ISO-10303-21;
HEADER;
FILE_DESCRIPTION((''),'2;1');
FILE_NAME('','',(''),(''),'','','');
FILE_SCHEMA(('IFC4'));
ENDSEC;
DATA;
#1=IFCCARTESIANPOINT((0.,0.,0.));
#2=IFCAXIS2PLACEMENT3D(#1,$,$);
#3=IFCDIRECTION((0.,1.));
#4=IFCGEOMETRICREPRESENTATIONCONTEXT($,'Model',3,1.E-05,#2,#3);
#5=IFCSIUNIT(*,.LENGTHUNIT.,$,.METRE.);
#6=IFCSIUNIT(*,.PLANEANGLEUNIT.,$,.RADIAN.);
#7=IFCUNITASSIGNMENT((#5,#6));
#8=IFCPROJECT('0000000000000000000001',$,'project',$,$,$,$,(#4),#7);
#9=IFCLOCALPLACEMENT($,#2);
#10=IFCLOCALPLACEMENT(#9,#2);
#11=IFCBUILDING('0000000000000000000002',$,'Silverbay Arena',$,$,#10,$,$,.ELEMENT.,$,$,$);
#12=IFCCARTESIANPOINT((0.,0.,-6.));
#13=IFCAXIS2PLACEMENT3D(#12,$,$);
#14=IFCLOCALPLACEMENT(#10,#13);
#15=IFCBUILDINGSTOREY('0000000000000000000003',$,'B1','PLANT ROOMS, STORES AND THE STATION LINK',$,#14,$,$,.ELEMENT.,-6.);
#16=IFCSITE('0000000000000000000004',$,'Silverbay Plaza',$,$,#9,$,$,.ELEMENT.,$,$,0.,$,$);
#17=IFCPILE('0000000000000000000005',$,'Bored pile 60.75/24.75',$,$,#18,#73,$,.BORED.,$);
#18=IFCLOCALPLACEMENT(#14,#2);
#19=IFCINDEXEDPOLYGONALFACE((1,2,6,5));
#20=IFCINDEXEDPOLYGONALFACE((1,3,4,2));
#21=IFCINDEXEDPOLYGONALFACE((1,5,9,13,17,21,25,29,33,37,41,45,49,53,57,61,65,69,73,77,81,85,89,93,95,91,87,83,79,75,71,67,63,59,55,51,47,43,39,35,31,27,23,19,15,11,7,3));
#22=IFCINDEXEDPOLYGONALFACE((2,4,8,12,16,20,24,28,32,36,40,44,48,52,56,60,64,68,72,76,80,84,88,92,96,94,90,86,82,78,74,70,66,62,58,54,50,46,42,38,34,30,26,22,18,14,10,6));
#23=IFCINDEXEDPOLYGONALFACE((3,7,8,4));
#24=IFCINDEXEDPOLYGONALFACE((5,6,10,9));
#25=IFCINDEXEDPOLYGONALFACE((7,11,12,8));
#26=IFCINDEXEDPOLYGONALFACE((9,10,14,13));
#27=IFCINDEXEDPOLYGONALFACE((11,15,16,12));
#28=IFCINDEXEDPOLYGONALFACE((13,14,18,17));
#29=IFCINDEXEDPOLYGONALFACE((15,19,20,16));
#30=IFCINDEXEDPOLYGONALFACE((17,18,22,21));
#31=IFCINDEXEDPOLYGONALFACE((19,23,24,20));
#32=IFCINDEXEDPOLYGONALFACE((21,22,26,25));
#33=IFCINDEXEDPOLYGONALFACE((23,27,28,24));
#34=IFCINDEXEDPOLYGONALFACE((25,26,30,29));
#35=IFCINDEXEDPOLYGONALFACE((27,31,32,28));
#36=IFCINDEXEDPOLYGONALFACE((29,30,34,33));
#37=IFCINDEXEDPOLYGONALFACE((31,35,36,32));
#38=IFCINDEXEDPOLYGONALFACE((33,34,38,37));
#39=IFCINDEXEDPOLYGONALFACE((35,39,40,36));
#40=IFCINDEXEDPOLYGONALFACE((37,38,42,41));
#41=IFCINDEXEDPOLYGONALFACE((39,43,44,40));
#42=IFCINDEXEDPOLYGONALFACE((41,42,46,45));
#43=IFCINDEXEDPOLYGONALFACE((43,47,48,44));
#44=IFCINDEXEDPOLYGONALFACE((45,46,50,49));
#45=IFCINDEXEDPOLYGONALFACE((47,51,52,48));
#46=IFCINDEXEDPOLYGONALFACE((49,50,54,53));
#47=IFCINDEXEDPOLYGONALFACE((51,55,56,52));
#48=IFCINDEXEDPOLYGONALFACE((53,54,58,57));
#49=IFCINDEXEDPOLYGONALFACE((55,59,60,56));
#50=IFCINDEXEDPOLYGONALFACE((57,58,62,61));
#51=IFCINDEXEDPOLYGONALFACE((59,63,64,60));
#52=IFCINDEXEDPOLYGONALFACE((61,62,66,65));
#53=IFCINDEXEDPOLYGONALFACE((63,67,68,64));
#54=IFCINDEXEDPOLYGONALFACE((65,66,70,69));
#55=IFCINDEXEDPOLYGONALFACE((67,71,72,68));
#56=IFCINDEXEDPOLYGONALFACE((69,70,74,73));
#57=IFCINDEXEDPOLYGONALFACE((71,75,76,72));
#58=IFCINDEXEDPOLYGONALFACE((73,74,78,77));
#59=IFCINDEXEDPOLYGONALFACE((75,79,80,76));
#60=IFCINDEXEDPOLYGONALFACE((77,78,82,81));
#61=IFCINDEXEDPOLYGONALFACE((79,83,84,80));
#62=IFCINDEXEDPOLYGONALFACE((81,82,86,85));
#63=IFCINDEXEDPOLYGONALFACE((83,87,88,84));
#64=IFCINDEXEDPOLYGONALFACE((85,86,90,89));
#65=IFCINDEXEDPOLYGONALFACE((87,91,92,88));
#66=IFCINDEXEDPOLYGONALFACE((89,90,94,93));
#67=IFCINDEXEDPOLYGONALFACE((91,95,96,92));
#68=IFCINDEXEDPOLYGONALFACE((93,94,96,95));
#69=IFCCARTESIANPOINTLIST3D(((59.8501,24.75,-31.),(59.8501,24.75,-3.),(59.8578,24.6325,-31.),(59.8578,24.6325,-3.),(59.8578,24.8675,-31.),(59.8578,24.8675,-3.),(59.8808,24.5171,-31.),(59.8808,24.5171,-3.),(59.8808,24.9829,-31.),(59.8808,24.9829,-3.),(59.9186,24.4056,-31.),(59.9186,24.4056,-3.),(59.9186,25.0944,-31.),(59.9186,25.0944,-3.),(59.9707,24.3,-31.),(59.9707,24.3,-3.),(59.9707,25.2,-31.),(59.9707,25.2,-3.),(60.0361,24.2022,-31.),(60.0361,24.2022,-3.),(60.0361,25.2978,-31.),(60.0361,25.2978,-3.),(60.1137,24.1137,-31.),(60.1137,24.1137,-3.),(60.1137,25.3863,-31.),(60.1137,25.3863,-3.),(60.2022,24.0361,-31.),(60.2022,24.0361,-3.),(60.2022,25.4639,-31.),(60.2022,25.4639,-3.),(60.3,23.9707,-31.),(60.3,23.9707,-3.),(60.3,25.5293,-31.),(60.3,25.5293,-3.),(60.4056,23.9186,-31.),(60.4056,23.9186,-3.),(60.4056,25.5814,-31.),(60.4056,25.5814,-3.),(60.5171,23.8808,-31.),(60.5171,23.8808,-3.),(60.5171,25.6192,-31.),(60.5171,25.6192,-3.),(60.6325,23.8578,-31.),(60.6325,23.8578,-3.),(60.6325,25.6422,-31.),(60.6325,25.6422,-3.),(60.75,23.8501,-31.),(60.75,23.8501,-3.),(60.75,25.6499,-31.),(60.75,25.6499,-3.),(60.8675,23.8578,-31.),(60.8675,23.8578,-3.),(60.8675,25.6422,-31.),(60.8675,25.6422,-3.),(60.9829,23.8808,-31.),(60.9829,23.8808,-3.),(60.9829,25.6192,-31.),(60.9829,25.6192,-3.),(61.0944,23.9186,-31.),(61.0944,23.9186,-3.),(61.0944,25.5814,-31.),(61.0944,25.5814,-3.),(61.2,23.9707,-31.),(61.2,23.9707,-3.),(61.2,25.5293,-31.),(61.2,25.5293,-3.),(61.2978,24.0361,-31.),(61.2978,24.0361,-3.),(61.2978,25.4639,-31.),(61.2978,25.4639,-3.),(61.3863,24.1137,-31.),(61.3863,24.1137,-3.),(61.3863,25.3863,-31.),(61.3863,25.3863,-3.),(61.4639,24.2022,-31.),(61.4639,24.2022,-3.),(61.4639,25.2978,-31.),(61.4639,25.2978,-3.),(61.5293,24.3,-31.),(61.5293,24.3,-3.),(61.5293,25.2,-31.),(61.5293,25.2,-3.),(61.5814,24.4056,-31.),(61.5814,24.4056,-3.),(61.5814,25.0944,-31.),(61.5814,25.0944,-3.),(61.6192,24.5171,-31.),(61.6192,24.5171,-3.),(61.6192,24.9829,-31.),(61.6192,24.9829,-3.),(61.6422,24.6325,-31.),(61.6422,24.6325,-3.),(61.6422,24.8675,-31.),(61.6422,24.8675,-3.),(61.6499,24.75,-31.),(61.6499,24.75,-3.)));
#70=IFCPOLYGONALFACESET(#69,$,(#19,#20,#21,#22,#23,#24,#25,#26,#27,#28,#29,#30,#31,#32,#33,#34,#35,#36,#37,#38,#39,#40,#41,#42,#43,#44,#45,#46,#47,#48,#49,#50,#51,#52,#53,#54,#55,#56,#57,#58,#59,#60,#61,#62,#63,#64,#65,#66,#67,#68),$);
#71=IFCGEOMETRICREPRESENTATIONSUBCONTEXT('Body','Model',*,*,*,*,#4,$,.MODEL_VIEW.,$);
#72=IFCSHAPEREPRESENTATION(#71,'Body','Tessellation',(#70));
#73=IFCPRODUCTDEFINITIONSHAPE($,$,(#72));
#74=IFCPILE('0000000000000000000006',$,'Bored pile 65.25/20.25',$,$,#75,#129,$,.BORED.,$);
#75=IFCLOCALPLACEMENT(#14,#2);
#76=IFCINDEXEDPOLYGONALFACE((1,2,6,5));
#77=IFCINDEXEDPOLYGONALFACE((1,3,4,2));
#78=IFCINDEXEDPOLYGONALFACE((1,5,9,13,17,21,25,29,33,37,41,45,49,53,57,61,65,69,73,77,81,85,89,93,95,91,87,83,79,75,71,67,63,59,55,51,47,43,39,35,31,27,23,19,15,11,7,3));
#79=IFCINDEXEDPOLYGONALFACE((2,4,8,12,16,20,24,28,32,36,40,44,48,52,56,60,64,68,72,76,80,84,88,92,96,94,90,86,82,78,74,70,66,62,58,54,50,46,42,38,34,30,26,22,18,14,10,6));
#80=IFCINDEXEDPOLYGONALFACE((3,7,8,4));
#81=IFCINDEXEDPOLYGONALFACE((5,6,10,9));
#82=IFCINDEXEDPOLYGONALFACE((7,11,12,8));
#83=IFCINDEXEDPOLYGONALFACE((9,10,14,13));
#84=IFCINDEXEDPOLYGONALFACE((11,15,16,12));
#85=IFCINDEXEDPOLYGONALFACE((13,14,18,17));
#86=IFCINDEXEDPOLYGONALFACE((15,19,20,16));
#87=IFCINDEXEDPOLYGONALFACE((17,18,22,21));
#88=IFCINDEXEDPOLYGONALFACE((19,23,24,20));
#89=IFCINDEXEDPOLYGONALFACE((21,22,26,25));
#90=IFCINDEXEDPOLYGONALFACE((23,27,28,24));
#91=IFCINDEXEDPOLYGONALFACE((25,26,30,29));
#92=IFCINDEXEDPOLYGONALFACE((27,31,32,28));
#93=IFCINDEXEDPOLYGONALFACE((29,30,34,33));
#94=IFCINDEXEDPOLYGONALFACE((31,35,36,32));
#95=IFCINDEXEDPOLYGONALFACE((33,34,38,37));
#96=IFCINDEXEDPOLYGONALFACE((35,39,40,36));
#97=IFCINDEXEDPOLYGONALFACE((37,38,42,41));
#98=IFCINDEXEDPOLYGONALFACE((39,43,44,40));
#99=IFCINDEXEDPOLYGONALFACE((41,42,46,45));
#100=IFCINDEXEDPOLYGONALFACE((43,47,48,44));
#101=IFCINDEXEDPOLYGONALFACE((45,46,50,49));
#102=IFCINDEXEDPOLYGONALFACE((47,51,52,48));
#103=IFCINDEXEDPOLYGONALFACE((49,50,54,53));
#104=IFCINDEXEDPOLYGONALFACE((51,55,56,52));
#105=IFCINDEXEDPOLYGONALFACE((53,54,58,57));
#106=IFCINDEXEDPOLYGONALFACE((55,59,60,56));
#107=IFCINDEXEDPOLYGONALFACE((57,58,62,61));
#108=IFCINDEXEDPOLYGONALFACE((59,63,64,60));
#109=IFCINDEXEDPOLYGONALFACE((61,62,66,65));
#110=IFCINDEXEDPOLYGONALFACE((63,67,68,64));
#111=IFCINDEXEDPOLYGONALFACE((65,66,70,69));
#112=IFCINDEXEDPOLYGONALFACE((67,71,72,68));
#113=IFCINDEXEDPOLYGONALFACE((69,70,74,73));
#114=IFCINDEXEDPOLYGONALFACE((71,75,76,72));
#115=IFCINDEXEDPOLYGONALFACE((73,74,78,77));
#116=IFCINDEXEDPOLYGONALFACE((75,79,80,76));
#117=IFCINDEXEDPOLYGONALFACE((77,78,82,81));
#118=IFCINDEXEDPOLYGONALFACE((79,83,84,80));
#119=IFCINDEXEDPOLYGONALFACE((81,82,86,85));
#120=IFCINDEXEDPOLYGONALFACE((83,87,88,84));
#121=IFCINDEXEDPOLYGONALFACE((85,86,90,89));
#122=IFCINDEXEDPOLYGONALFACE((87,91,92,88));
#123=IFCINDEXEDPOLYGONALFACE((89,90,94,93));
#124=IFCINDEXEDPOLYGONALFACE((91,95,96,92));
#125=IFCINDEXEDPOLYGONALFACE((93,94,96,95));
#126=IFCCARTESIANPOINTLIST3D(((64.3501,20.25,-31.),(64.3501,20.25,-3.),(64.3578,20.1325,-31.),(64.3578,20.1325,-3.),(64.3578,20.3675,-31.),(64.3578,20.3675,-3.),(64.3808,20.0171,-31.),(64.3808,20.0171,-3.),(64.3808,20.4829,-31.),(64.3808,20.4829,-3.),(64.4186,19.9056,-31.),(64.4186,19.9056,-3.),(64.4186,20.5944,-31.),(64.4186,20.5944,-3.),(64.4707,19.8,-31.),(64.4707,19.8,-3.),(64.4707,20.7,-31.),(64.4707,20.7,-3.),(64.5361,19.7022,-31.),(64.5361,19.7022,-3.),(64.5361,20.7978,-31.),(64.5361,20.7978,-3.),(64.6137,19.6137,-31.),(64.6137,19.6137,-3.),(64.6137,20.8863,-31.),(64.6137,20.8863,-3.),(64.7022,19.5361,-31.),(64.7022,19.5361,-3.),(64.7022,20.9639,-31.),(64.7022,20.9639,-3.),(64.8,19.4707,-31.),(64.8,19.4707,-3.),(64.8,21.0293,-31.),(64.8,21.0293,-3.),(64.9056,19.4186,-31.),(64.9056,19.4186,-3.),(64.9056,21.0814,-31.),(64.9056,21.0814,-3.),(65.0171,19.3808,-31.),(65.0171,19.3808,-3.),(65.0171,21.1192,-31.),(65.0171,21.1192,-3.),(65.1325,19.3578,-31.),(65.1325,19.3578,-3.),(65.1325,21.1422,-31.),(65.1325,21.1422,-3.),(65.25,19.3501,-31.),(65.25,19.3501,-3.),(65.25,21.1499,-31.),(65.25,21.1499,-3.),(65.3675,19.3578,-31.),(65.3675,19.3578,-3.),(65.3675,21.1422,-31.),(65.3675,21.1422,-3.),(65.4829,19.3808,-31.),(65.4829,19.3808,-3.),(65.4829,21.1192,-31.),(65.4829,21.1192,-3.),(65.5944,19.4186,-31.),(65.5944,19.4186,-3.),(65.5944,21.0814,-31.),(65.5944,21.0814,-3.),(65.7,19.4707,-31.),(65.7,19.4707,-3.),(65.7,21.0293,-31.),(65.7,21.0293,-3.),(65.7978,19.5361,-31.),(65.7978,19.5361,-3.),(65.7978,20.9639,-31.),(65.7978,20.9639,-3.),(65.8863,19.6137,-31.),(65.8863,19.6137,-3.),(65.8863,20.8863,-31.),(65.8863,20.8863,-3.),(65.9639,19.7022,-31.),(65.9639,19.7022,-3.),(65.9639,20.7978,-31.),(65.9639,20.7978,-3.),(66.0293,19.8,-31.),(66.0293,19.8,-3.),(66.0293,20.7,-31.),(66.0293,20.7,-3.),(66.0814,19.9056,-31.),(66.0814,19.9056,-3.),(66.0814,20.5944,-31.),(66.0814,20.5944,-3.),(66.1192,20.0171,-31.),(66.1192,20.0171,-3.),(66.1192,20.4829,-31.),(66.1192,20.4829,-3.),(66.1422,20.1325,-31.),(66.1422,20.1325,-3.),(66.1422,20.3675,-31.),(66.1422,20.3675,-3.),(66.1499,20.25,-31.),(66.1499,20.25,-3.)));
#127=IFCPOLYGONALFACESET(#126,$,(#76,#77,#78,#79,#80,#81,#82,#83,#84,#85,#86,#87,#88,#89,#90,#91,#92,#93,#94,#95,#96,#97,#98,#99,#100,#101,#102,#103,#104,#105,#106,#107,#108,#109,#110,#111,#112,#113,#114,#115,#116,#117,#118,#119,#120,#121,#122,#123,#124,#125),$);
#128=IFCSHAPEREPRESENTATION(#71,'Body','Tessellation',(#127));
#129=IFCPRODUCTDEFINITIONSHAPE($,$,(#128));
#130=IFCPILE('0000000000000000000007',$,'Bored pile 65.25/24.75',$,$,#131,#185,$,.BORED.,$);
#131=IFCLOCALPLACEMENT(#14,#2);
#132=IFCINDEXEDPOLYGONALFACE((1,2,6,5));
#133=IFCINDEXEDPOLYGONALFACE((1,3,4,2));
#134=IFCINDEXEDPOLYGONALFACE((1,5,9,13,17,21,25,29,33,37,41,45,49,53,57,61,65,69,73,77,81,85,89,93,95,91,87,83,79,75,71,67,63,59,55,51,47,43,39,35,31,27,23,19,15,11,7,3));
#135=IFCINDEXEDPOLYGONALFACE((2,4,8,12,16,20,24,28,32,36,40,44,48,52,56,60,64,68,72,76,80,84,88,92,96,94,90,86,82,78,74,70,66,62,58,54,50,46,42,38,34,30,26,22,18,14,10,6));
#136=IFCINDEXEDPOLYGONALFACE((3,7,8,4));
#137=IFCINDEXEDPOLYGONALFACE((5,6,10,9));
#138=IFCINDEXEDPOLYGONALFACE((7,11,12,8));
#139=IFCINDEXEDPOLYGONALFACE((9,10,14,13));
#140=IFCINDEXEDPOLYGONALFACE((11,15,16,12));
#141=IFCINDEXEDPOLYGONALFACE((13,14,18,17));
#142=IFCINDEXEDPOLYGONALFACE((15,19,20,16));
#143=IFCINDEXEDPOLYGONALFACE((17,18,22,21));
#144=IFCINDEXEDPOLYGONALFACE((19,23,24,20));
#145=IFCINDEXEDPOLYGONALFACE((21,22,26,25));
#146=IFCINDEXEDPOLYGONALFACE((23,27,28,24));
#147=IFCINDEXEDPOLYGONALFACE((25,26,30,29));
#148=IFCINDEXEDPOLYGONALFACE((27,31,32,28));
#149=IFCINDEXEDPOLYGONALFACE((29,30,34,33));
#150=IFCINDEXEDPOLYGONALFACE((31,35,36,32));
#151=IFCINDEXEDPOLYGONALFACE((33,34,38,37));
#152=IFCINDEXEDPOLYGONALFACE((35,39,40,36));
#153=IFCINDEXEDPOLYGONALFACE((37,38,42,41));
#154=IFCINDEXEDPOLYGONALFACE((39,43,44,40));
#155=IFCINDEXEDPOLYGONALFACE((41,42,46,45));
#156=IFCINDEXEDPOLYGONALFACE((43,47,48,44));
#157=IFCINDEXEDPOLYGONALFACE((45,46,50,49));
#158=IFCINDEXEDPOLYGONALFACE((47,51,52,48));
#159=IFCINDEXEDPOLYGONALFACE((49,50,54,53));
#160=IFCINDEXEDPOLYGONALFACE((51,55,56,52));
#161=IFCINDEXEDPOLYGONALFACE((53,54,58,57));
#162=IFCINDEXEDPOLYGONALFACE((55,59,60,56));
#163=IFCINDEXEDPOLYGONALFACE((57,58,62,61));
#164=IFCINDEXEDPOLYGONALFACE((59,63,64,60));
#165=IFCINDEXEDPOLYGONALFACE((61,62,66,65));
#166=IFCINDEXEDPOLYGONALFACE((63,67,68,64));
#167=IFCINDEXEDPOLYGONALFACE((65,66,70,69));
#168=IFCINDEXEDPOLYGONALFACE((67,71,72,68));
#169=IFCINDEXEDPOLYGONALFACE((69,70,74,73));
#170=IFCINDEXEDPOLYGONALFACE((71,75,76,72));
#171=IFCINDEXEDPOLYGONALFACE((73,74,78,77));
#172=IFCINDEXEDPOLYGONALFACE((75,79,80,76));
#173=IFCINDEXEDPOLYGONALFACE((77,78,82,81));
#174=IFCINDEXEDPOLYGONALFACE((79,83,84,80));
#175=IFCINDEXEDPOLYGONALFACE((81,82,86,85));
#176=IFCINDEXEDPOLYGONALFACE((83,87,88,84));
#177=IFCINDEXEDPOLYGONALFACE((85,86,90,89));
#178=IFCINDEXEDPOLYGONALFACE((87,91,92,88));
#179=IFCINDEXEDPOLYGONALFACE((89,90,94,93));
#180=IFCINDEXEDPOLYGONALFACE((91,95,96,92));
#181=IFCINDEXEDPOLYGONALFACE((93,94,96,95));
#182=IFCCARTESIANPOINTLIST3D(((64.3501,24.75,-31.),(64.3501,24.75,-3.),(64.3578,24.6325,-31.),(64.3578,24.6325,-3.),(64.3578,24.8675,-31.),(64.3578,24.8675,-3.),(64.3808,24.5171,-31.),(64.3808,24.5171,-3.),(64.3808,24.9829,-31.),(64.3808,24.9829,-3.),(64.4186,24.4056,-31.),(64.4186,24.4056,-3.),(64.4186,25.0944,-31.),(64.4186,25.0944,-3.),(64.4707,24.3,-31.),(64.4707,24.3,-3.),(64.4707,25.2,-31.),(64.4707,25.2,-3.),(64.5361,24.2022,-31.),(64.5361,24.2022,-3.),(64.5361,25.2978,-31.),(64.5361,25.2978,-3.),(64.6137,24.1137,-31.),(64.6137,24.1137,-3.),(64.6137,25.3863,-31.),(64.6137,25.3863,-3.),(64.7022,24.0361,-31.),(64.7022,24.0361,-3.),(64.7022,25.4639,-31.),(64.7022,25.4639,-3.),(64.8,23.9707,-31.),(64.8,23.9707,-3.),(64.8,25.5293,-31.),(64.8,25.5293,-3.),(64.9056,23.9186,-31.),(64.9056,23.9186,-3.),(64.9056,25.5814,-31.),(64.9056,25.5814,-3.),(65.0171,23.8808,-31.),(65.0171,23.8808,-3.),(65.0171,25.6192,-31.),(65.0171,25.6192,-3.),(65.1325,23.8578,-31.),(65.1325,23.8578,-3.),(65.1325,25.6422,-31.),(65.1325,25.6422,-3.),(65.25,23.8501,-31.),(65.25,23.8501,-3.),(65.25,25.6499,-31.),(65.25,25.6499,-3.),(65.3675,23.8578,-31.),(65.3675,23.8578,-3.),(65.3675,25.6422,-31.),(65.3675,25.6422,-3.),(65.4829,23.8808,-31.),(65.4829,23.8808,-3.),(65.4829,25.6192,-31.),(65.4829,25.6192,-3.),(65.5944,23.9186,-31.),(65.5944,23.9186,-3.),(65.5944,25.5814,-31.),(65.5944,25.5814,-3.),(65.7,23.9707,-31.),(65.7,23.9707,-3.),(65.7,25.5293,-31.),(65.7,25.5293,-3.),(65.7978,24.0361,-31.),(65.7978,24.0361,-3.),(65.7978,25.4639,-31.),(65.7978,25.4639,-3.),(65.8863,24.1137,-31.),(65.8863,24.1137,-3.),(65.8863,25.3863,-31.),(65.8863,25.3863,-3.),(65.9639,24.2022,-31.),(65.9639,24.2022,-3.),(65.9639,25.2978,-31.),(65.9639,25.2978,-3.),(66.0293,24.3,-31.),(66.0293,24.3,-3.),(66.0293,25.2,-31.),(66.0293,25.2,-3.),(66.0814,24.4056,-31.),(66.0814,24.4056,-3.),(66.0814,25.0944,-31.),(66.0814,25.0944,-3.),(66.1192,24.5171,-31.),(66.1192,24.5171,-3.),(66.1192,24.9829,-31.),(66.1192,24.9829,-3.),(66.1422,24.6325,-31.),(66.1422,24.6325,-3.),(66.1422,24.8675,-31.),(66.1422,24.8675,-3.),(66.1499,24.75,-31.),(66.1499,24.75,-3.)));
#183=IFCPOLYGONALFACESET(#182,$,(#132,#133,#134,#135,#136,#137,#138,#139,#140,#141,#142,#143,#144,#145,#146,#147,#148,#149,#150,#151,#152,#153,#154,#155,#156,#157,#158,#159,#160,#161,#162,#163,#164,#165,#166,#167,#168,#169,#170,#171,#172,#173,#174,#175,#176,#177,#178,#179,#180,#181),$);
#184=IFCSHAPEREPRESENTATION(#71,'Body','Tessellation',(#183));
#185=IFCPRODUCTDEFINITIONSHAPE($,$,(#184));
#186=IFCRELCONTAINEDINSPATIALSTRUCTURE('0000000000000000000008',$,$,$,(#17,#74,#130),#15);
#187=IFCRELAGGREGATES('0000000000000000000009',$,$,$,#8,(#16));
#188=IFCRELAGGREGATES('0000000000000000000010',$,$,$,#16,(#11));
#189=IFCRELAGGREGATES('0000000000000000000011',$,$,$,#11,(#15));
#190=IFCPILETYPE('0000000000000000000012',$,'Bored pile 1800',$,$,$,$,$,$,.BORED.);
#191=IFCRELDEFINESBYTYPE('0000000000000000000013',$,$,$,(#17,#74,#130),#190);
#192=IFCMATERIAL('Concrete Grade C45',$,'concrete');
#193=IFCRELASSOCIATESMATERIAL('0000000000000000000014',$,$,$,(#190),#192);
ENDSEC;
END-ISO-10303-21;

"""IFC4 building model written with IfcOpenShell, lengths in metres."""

from ifc_helpers import new_model, si_unit, direction, frame, origin, origin_2d, place, context, subcontext, project, spatial, circle, extrude, material, material_profile, profile_set, type_object, element, save


model = new_model("IFC4")

# Units and contexts
model_context = context("Model", 3, precision=1e-05, world=origin(), true_north=direction((0.0, 1.0)))
body_context = subcontext(model_context, "Body", "Model", "MODEL_VIEW")
ifc_project = project(units=[si_unit("LENGTHUNIT", "METRE"), si_unit("PLANEANGLEUNIT", "RADIAN")], contexts=[model_context])

# Site, building, storey
site_placement = place(None, origin())
site = spatial("IfcSite", under=ifc_project, at=site_placement, Name="Silverbay Plaza", CompositionType="ELEMENT", RefElevation=0.0)
building_placement = place(site_placement, origin())
building = spatial("IfcBuilding", under=site, at=building_placement, Name="Silverbay Arena", CompositionType="ELEMENT")
storey_placement = place(building_placement, frame((0.0, 0.0, -6.0)))
storey = spatial("IfcBuildingStorey", under=building, at=storey_placement, Name="B1", Description="PLANT ROOMS, STORES AND THE STATION LINK", CompositionType="ELEMENT", Elevation=-6.0)

# Piles
ifc_material_1 = material(Name="Concrete Grade C45", Category="concrete")
ifc_material_profile_1 = material_profile(ifc_material_1, circle(Radius=0.8999, at=origin_2d()), Name="Bored pile 1800")
ifc_profile_set_1 = profile_set([ifc_material_profile_1], Name="Concrete Grade C45")
pile_type_1 = type_object("IfcPileType", Name="Bored pile 1800", PredefinedType="BORED", material=ifc_profile_set_1)
for number, where, z_axis, x_axis, name in (
    (1, (60.75, 24.75, -3.0), (0.0, 0.0, -1.0), (1.0, 0.0, 0.0), "Bored pile 60.75/24.75"),
    (2, (65.25, 20.25, -3.0), (0.0, 0.0, -1.0), (1.0, 0.0, 0.0), "Bored pile 65.25/20.25"),
    (3, (65.25, 24.75, -3.0), (0.0, 0.0, -1.0), (1.0, 0.0, 0.0), "Bored pile 65.25/24.75"),
):
    element("IfcPile", number, at=place(storey_placement, frame(where, z_axis=z_axis, x_axis=x_axis)), inside=storey, type_object=pile_type_1, Name=name, PredefinedType="BORED", context=body_context, shape_type="SweptSolid", body=[
        extrude(circle(Radius=0.8999, at=origin_2d()), origin(), (0.0, 0.0, 1.0), 28.0),
    ])

save(model, "model.ifc")
